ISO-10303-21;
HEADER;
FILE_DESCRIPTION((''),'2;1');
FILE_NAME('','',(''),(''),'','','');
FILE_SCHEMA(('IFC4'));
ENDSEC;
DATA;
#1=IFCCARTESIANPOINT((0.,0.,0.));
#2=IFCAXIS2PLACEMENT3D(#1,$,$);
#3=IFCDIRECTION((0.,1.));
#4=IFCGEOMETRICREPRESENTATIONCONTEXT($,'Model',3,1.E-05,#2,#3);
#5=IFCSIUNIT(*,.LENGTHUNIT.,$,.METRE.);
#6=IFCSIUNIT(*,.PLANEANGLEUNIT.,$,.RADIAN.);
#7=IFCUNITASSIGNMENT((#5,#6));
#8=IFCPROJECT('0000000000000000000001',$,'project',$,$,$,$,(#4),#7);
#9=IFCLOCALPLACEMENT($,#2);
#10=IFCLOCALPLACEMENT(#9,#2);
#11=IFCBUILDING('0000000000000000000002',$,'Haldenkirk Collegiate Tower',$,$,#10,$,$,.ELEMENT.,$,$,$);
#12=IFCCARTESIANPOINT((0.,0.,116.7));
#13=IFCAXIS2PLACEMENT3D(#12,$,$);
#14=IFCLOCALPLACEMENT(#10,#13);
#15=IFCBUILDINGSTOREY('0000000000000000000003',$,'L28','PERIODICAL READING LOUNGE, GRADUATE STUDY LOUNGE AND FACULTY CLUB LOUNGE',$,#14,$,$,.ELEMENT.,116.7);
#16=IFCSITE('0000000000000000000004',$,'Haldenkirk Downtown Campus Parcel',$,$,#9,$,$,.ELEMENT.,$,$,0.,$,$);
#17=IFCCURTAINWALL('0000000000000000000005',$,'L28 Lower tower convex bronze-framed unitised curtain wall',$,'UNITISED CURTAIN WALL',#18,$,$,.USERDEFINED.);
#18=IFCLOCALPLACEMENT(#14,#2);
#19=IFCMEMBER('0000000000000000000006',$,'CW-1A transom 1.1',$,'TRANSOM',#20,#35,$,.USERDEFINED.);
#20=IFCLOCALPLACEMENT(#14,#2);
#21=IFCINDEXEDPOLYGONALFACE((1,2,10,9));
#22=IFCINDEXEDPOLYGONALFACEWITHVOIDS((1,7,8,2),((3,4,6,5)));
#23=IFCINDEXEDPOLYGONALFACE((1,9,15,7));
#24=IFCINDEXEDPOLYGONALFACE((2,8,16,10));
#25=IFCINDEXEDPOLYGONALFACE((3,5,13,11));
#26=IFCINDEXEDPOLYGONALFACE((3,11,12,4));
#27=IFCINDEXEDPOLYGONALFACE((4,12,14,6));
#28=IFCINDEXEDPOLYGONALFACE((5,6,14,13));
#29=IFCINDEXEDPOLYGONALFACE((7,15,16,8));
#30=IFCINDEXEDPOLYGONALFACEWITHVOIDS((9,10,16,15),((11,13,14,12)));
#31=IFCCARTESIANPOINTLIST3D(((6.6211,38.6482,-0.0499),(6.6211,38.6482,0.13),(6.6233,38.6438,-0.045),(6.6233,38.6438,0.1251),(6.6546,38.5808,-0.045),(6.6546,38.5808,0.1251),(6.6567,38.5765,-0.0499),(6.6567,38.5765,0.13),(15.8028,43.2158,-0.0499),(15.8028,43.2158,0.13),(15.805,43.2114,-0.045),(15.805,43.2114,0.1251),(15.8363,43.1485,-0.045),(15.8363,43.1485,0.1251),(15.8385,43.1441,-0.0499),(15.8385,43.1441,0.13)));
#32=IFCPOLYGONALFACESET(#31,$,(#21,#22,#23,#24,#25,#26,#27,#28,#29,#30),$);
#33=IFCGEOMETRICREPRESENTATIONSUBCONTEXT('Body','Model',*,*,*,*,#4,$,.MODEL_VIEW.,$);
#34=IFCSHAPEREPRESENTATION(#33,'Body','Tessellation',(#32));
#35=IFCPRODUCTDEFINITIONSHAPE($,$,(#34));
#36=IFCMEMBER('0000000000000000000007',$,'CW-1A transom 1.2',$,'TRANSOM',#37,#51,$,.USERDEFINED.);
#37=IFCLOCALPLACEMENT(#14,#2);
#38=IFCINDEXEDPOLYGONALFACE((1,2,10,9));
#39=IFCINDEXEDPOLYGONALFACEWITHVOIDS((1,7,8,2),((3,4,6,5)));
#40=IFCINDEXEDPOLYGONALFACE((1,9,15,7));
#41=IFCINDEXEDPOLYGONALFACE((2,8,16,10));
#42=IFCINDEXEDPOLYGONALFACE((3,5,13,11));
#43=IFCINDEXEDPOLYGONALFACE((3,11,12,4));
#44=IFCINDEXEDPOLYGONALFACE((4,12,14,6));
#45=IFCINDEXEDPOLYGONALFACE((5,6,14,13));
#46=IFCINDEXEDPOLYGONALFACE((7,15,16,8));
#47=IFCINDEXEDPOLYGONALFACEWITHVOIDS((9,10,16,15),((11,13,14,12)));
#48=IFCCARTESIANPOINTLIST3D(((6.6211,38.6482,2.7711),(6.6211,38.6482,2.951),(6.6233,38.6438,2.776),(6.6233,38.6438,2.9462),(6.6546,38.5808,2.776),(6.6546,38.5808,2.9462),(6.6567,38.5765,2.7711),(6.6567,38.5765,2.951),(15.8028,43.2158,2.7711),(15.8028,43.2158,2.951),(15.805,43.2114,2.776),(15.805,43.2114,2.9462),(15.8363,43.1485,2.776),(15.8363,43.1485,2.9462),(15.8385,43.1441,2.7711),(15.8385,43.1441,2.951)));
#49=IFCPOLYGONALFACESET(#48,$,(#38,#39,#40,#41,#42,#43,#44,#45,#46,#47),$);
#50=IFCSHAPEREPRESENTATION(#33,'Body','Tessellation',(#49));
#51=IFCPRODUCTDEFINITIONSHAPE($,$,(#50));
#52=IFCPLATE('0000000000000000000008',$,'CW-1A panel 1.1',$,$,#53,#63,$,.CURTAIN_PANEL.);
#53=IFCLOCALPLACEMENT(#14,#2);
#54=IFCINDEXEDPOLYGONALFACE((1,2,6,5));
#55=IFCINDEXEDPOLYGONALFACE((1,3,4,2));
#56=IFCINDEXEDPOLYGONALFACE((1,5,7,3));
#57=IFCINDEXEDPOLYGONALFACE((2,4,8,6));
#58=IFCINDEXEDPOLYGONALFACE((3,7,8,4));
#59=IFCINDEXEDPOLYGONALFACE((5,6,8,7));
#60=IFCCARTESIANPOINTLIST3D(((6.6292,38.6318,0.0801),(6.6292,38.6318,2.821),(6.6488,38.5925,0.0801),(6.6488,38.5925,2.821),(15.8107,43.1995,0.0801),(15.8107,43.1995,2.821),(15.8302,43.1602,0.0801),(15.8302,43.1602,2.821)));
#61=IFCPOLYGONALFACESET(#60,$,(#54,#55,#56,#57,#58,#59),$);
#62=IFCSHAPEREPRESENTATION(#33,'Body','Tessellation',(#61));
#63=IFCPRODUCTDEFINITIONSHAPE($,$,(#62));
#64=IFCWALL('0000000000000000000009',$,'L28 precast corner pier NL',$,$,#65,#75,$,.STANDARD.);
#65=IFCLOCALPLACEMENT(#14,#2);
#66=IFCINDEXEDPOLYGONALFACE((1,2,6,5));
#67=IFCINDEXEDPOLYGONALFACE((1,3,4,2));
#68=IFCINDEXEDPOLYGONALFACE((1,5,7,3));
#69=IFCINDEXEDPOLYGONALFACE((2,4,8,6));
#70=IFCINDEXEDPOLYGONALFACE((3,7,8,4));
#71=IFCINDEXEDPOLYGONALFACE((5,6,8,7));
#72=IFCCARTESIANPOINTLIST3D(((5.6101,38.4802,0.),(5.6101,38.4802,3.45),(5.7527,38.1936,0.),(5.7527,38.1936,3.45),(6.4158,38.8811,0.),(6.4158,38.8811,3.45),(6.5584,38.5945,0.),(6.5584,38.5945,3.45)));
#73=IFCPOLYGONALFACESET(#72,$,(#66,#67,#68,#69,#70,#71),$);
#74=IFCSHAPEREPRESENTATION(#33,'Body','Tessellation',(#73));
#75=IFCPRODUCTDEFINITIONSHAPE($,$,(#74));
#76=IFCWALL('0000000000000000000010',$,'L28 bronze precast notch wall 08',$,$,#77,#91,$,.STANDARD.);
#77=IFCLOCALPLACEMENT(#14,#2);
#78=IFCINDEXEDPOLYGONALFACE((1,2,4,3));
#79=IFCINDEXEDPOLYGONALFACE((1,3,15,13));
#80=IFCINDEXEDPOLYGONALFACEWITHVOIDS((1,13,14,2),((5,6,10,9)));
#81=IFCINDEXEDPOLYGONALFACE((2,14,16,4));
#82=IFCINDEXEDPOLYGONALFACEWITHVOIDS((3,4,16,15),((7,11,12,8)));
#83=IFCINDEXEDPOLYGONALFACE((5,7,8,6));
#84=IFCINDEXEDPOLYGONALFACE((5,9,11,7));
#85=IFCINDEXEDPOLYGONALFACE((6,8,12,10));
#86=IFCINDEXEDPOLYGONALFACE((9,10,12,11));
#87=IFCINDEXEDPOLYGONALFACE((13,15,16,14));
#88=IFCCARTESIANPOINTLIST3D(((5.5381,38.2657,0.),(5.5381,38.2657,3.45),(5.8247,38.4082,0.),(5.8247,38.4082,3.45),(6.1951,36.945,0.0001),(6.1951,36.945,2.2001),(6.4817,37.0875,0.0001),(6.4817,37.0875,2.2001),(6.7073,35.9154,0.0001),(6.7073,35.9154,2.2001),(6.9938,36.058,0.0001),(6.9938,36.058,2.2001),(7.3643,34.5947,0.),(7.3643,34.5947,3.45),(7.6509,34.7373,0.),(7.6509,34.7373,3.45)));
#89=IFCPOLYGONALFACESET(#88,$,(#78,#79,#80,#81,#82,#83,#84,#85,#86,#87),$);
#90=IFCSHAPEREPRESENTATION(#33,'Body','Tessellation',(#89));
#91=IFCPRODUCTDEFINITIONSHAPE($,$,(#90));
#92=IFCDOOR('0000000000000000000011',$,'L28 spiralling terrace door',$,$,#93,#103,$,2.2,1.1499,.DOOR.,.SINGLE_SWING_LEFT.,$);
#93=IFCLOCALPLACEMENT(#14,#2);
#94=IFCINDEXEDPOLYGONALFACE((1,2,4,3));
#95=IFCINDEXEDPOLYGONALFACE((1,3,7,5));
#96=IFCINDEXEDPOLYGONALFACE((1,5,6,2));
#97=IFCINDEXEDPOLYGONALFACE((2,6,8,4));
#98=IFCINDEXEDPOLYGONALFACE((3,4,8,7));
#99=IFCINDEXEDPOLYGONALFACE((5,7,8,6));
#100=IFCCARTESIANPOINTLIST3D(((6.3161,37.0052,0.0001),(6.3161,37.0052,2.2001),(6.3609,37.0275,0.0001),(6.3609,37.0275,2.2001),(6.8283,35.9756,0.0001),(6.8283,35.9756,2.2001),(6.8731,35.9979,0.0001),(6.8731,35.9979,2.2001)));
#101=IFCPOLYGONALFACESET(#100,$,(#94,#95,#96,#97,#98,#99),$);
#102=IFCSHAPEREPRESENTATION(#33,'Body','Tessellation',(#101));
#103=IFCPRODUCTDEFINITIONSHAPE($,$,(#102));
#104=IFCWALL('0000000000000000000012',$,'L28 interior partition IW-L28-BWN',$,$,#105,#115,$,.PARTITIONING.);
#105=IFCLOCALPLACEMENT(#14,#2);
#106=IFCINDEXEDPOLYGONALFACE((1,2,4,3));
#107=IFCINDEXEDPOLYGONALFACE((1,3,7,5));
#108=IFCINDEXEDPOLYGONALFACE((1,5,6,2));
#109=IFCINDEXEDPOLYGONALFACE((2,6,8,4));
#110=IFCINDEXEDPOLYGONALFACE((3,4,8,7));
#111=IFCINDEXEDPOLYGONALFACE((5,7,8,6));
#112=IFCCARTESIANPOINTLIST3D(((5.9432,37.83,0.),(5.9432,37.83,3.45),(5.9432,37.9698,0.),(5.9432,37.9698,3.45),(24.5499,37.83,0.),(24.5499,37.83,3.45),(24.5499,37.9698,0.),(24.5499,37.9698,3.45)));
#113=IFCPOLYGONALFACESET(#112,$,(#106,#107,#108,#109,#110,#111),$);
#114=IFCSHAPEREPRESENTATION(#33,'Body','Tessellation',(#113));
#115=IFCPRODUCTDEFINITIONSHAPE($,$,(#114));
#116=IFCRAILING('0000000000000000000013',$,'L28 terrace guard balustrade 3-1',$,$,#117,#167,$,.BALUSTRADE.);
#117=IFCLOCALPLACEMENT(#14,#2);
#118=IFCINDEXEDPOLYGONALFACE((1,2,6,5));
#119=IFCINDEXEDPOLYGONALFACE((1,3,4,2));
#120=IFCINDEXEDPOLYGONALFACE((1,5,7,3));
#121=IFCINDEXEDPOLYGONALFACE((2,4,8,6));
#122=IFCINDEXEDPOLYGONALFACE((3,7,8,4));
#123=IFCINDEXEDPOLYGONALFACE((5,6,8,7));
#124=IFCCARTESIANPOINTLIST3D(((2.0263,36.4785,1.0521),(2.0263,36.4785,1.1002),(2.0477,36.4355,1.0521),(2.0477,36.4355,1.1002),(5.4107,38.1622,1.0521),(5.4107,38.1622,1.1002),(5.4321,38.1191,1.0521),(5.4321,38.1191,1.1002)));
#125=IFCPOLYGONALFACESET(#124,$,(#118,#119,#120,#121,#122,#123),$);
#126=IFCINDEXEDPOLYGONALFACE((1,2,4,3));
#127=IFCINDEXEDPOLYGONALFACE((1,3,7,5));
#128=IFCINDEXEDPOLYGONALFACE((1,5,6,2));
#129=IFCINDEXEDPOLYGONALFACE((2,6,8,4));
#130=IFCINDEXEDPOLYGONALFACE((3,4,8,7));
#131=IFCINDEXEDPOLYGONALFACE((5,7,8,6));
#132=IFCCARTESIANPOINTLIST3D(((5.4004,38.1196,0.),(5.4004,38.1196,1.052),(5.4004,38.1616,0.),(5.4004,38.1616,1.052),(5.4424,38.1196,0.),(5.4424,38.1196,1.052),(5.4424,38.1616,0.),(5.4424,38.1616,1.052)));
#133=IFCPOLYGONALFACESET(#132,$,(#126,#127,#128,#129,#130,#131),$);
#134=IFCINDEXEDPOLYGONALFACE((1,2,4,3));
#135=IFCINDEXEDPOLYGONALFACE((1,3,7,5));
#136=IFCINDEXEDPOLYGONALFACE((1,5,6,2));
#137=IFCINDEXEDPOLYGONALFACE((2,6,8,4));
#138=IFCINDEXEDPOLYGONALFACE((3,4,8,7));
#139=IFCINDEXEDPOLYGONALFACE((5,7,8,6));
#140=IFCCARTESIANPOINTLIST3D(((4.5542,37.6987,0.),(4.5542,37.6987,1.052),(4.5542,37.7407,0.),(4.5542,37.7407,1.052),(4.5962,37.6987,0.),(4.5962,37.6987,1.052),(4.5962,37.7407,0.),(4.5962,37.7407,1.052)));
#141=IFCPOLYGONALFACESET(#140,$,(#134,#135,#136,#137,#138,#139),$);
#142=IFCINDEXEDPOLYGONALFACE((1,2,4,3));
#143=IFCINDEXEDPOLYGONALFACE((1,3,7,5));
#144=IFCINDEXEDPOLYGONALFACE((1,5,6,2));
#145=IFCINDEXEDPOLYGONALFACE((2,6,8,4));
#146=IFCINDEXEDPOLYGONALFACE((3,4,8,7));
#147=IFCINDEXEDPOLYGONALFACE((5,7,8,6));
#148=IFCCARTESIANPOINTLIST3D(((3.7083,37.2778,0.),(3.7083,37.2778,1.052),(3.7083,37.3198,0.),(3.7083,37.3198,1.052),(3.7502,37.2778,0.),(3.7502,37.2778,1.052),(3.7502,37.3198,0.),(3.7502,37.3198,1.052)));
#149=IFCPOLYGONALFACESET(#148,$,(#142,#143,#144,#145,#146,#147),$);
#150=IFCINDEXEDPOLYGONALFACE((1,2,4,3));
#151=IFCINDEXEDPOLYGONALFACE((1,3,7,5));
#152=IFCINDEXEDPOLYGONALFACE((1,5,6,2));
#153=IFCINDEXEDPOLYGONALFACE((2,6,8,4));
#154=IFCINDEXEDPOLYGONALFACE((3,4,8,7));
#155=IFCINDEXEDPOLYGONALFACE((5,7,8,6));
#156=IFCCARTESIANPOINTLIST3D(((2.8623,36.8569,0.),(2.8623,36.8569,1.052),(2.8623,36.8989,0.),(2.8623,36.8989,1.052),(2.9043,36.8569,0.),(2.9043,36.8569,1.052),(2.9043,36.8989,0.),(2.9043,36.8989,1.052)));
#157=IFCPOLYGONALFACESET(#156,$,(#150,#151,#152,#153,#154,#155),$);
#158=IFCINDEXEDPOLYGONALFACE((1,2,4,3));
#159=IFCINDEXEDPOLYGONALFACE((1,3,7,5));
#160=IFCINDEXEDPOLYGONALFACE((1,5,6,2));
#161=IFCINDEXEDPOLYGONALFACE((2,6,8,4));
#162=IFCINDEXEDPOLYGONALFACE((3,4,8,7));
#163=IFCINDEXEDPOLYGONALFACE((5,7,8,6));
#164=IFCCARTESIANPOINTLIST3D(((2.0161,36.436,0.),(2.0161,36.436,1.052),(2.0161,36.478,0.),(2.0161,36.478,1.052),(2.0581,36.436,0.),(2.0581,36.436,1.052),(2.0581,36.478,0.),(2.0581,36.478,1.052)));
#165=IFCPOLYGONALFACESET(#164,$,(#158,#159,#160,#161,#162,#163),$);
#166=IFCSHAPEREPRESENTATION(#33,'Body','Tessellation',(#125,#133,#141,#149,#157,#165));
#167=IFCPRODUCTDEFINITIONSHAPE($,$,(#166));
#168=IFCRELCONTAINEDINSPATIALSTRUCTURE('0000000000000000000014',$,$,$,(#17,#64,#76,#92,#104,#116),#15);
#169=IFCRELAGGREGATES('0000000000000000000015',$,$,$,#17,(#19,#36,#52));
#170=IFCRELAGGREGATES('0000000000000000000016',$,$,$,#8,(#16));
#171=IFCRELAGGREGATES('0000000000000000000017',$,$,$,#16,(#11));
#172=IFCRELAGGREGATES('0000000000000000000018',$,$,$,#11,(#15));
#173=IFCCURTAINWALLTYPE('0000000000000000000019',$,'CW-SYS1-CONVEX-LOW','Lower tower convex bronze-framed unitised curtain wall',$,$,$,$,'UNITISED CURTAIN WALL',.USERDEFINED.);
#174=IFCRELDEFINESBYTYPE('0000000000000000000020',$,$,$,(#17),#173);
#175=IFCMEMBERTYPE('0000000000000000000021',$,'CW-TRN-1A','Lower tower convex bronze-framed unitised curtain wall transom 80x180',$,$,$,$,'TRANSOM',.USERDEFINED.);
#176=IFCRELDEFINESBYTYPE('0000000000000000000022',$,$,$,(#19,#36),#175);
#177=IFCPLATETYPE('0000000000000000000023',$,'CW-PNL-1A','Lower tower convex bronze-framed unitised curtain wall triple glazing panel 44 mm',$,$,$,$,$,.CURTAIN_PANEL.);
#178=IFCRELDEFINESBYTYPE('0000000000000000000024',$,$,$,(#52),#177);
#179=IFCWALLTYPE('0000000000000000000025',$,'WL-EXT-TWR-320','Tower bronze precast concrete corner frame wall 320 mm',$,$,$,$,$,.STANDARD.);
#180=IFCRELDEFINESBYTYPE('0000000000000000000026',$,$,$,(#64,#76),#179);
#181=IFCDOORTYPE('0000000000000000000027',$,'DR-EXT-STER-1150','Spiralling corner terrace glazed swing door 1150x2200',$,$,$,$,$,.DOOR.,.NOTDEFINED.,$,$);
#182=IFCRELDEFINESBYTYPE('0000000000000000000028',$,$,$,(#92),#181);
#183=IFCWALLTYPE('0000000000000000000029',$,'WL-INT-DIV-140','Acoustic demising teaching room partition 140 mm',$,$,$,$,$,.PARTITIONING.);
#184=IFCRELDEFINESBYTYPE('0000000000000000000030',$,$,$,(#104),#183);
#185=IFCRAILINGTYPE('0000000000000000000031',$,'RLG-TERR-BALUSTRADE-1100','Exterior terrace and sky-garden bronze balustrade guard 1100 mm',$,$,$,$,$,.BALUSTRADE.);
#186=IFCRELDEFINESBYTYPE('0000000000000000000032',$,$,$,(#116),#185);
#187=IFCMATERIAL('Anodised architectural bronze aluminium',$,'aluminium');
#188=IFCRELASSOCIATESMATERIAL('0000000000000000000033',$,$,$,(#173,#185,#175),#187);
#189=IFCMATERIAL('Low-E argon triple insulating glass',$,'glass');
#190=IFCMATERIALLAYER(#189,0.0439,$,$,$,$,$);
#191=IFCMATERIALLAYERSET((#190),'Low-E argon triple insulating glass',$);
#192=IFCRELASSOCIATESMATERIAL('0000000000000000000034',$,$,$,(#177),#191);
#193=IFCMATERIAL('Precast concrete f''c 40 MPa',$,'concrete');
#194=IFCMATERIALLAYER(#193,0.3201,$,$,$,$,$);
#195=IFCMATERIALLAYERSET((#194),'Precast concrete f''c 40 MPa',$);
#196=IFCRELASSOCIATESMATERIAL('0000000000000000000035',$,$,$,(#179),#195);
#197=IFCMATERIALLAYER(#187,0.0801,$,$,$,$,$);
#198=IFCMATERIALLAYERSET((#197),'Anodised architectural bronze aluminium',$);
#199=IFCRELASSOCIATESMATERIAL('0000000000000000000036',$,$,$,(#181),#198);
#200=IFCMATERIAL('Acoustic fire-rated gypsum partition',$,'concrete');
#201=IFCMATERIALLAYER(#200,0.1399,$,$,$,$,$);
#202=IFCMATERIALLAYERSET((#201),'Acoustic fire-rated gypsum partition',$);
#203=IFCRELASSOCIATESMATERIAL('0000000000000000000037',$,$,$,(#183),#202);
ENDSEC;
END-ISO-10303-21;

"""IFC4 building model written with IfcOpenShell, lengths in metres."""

from ifc_helpers import new_model, si_unit, direction, frame, frame_2d, origin, origin_2d, place, context, subcontext, project, spatial, rectangle, hollow_rectangle, extrude, source, transform, mapped, material, layer, layer_set, material_profile, profile_set, type_object, element, fill, aggregate, save


model = new_model("IFC4")

# Units and contexts
model_context = context("Model", 3, precision=1e-05, world=origin(), true_north=direction((0.0, 1.0)))
body_context = subcontext(model_context, "Body", "Model", "MODEL_VIEW")
ifc_project = project(units=[si_unit("LENGTHUNIT", "METRE"), si_unit("PLANEANGLEUNIT", "RADIAN")], contexts=[model_context])

# Site, building, storey
site_placement = place(None, origin())
site = spatial("IfcSite", under=ifc_project, at=site_placement, Name="Haldenkirk Downtown Campus Parcel", CompositionType="ELEMENT", RefElevation=0.0)
building_placement = place(site_placement, origin())
building = spatial("IfcBuilding", under=site, at=building_placement, Name="Haldenkirk Collegiate Tower", CompositionType="ELEMENT")
storey_placement = place(building_placement, frame((0.0, 0.0, 116.7)))
storey = spatial("IfcBuildingStorey", under=building, at=storey_placement, Name="L28", Description="PERIODICAL READING LOUNGE, GRADUATE STUDY LOUNGE AND FACULTY CLUB LOUNGE", CompositionType="ELEMENT", Elevation=116.7)

# Curtain wall, members, plate
ifc_material_1 = material(Name="Anodised architectural bronze aluminium", Category="aluminium")
curtain_wall_type = type_object("IfcCurtainWallType", Name="CW-SYS1-CONVEX-LOW", Description="Lower tower convex bronze-framed unitised curtain wall", ElementType="UNITISED CURTAIN WALL", PredefinedType="USERDEFINED", material=ifc_material_1)
curtain_wall_placement = place(storey_placement, origin())
curtain_wall = element("IfcCurtainWall", 1, at=curtain_wall_placement, inside=storey, type_object=curtain_wall_type, Name="L28 Lower tower convex bronze-framed unitised curtain wall", ObjectType="UNITISED CURTAIN WALL", PredefinedType="USERDEFINED")
ifc_material_profile_1 = material_profile(ifc_material_1, hollow_rectangle(XDim=0.0801, YDim=0.1799, WallThickness=0.0049, at=origin_2d()), Name="CW-TRN-1A")
ifc_profile_set_1 = profile_set([ifc_material_profile_1], Name="Anodised architectural bronze aluminium")
member_type_1 = type_object("IfcMemberType", Name="CW-TRN-1A", Description="Lower tower convex bronze-framed unitised curtain wall transom 80x180", ElementType="TRANSOM", PredefinedType="USERDEFINED", material=ifc_profile_set_1)
member_1_placement = place(storey_placement, frame((6.6389, 38.6123, 0.04), z_axis=(0.89533, 0.445403, 0.0), x_axis=(-0.445403, 0.89533, 0.0)))
member_1 = element("IfcMember", 2, at=member_1_placement, type_object=member_type_1, Name="CW-1A transom 1.1", ObjectType="TRANSOM", PredefinedType="USERDEFINED", context=body_context, shape_type="SweptSolid", body=[
    extrude(hollow_rectangle(XDim=0.0801, YDim=0.1799, WallThickness=0.0049, at=origin_2d()), origin(), (0.0, 0.0, 1.0), 10.2551),
])
member_2_placement = place(storey_placement, frame((6.6389, 38.6123, 2.8611), z_axis=(0.89533, 0.445403, 0.0), x_axis=(-0.445403, 0.89533, 0.0)))
member_2 = element("IfcMember", 3, at=member_2_placement, type_object=member_type_1, Name="CW-1A transom 1.2", ObjectType="TRANSOM", PredefinedType="USERDEFINED", context=body_context, shape_type="SweptSolid", body=[
    extrude(hollow_rectangle(XDim=0.0801, YDim=0.1799, WallThickness=0.0049, at=origin_2d()), origin(), (0.0, 0.0, 1.0), 10.2551),
])
ifc_material_2 = material(Name="Low-E argon triple insulating glass", Category="glass")
ifc_layer_1 = layer(ifc_material_2, 0.0439)
ifc_layer_set_1 = layer_set([ifc_layer_1], Name="Low-E argon triple insulating glass")
plate_type = type_object("IfcPlateType", Name="CW-PNL-1A", Description="Lower tower convex bronze-framed unitised curtain wall triple glazing panel 44 mm", PredefinedType="CURTAIN_PANEL", material=ifc_layer_set_1)
shared_shape_1 = source(origin(), body_context, "Body", "SweptSolid", [
    extrude(rectangle(XDim=10.2549, YDim=0.0439, at=origin_2d()), origin(), (0.0, 0.0, 1.0), 2.741),
])
plate_placement = place(storey_placement, frame((11.2297, 40.896, 0.0801), z_axis=(0.0, 0.0, 1.0), x_axis=(0.895323, 0.445417, 0.0)))
plate = element("IfcPlate", 4, at=plate_placement, type_object=plate_type, Name="CW-1A panel 1.1", PredefinedType="CURTAIN_PANEL", context=body_context, shape_type="MappedRepresentation", body=[
    mapped(shared_shape_1, transform((0.0, 0.0, 0.0), x_axis=(1.0, 0.0, 0.0), y_axis=(0.0, 1.0, 0.0), z_axis=(0.0, 0.0, 1.0), scale=1.0)),
])
aggregate(curtain_wall, [member_1, member_2, plate])

# Wall
ifc_material_3 = material(Name="Precast concrete f'c 40 MPa", Category="concrete")
ifc_layer_2 = layer(ifc_material_3, 0.3201)
ifc_layer_set_2 = layer_set([ifc_layer_2], Name="Precast concrete f'c 40 MPa")
wall_type_1 = type_object("IfcWallType", Name="WL-EXT-TWR-320", Description="Tower bronze precast concrete corner frame wall 320 mm", PredefinedType="STANDARD", material=ifc_layer_set_2)
wall_1_placement = place(storey_placement, frame((5.6814, 38.3369, 0.0), z_axis=(0.0, 0.0, 1.0), x_axis=(0.895294, 0.445476, 0.0)))
element("IfcWall", 5, at=wall_1_placement, inside=storey, type_object=wall_type_1, Name="L28 precast corner pier NL", PredefinedType="STANDARD", context=body_context, shape_type="SweptSolid", body=[
    extrude(rectangle(XDim=0.8999, YDim=0.3201, at=frame_2d((0.45, 0.0))), origin(), (0.0, 0.0, 1.0), 3.45),
])

# Wall, opening, door
wall_2_placement = place(storey_placement, frame((7.5076, 34.666, 0.0), z_axis=(0.0, 0.0, 1.0), x_axis=(-0.445402, 0.89533, 0.0)))
wall_2 = element("IfcWall", 6, at=wall_2_placement, inside=storey, type_object=wall_type_1, Name="L28 bronze precast notch wall 08", PredefinedType="STANDARD", context=body_context, shape_type="SweptSolid", body=[
    extrude(rectangle(XDim=4.1001, YDim=0.3201, at=frame_2d((2.05, 0.0))), origin(), (0.0, 0.0, 1.0), 3.45),
])
opening_placement = place(wall_2_placement, frame((1.4751, 0.0, 0.0)))
opening = element("IfcOpeningElement", 7, at=opening_placement, cuts=wall_2, PredefinedType="OPENING", context=body_context, shape_type="SweptSolid", body=[
    extrude(rectangle(XDim=1.1499, YDim=2.2, at=frame_2d((0.575, 1.1001))), frame((0.0, 0.1699, 0.0), z_axis=(0.0, -1.0, 0.0), x_axis=(1.0, 0.0, 0.0)), (0.0, 0.0, 1.0), 0.3401),
])
ifc_layer_3 = layer(ifc_material_1, 0.0801)
ifc_layer_set_3 = layer_set([ifc_layer_3], Name="Anodised architectural bronze aluminium")
door_type = type_object("IfcDoorType", Name="DR-EXT-STER-1150", Description="Spiralling corner terrace glazed swing door 1150x2200", OperationType="NOTDEFINED", PredefinedType="DOOR", material=ifc_layer_set_3)
door_placement = place(opening_placement, origin())
door = element("IfcDoor", 8, at=door_placement, inside=storey, type_object=door_type, Name="L28 spiralling terrace door", OperationType="SINGLE_SWING_LEFT", OverallHeight=2.2, OverallWidth=1.1499, PredefinedType="DOOR", context=body_context, shape_type="SweptSolid", body=[
    extrude(rectangle(XDim=1.1499, YDim=2.2, at=frame_2d((0.575, 1.1001))), frame((0.0, 0.0249, 0.0), z_axis=(0.0, -1.0, 0.0), x_axis=(1.0, 0.0, 0.0)), (0.0, 0.0, 1.0), 0.05),
])
fill(opening, door)

# Wall
ifc_material_4 = material(Name="Acoustic fire-rated gypsum partition", Category="concrete")
ifc_layer_4 = layer(ifc_material_4, 0.1399)
ifc_layer_set_4 = layer_set([ifc_layer_4], Name="Acoustic fire-rated gypsum partition")
wall_type_2 = type_object("IfcWallType", Name="WL-INT-DIV-140", Description="Acoustic demising teaching room partition 140 mm", PredefinedType="PARTITIONING", material=ifc_layer_set_4)
wall_3_placement = place(storey_placement, frame((5.9434, 37.8999, 0.0), z_axis=(0.0, 0.0, 1.0), x_axis=(1.0, 0.0, 0.0)))
element("IfcWall", 9, at=wall_3_placement, inside=storey, type_object=wall_type_2, Name="L28 interior partition IW-L28-BWN", PredefinedType="PARTITIONING", context=body_context, shape_type="SweptSolid", body=[
    extrude(rectangle(XDim=18.6067, YDim=0.1399, at=frame_2d((9.3032, 0.0))), origin(), (0.0, 0.0, 1.0), 3.45),
])

# Railing
railing_type = type_object("IfcRailingType", Name="RLG-TERR-BALUSTRADE-1100", Description="Exterior terrace and sky-garden bronze balustrade guard 1100 mm", PredefinedType="BALUSTRADE", material=ifc_material_1)
railing_1_placement = place(storey_placement, frame((5.4214, 38.1406, 0.0)))
element("IfcRailing", 10, at=railing_1_placement, inside=storey, type_object=railing_type, Name="L28 terrace guard balustrade 3-1", PredefinedType="BALUSTRADE", context=body_context, shape_type="SweptSolid", body=[
    extrude(rectangle(XDim=0.0481, YDim=0.0481, at=origin_2d()), frame((0.0, 0.0, 1.0762), z_axis=(-0.89533, -0.445404, 0.0), x_axis=(0.445404, -0.89533, 0.0)), (0.0, 0.0, 1.0), 3.78),
    extrude(rectangle(XDim=0.042, YDim=0.042, at=origin_2d()), origin(), (0.0, 0.0, 1.0), 1.052),
    extrude(rectangle(XDim=0.042, YDim=0.042, at=origin_2d()), frame((-0.8462, -0.4209, 0.0)), (0.0, 0.0, 1.0), 1.052),
    extrude(rectangle(XDim=0.042, YDim=0.042, at=origin_2d()), frame((-1.6921, -0.8418, 0.0)), (0.0, 0.0, 1.0), 1.052),
    extrude(rectangle(XDim=0.042, YDim=0.042, at=origin_2d()), frame((-2.5381, -1.2627, 0.0)), (0.0, 0.0, 1.0), 1.052),
    extrude(rectangle(XDim=0.042, YDim=0.042, at=origin_2d()), frame((-3.3843, -1.6836, 0.0)), (0.0, 0.0, 1.0), 1.052),
])

save(model, "model.ifc")
